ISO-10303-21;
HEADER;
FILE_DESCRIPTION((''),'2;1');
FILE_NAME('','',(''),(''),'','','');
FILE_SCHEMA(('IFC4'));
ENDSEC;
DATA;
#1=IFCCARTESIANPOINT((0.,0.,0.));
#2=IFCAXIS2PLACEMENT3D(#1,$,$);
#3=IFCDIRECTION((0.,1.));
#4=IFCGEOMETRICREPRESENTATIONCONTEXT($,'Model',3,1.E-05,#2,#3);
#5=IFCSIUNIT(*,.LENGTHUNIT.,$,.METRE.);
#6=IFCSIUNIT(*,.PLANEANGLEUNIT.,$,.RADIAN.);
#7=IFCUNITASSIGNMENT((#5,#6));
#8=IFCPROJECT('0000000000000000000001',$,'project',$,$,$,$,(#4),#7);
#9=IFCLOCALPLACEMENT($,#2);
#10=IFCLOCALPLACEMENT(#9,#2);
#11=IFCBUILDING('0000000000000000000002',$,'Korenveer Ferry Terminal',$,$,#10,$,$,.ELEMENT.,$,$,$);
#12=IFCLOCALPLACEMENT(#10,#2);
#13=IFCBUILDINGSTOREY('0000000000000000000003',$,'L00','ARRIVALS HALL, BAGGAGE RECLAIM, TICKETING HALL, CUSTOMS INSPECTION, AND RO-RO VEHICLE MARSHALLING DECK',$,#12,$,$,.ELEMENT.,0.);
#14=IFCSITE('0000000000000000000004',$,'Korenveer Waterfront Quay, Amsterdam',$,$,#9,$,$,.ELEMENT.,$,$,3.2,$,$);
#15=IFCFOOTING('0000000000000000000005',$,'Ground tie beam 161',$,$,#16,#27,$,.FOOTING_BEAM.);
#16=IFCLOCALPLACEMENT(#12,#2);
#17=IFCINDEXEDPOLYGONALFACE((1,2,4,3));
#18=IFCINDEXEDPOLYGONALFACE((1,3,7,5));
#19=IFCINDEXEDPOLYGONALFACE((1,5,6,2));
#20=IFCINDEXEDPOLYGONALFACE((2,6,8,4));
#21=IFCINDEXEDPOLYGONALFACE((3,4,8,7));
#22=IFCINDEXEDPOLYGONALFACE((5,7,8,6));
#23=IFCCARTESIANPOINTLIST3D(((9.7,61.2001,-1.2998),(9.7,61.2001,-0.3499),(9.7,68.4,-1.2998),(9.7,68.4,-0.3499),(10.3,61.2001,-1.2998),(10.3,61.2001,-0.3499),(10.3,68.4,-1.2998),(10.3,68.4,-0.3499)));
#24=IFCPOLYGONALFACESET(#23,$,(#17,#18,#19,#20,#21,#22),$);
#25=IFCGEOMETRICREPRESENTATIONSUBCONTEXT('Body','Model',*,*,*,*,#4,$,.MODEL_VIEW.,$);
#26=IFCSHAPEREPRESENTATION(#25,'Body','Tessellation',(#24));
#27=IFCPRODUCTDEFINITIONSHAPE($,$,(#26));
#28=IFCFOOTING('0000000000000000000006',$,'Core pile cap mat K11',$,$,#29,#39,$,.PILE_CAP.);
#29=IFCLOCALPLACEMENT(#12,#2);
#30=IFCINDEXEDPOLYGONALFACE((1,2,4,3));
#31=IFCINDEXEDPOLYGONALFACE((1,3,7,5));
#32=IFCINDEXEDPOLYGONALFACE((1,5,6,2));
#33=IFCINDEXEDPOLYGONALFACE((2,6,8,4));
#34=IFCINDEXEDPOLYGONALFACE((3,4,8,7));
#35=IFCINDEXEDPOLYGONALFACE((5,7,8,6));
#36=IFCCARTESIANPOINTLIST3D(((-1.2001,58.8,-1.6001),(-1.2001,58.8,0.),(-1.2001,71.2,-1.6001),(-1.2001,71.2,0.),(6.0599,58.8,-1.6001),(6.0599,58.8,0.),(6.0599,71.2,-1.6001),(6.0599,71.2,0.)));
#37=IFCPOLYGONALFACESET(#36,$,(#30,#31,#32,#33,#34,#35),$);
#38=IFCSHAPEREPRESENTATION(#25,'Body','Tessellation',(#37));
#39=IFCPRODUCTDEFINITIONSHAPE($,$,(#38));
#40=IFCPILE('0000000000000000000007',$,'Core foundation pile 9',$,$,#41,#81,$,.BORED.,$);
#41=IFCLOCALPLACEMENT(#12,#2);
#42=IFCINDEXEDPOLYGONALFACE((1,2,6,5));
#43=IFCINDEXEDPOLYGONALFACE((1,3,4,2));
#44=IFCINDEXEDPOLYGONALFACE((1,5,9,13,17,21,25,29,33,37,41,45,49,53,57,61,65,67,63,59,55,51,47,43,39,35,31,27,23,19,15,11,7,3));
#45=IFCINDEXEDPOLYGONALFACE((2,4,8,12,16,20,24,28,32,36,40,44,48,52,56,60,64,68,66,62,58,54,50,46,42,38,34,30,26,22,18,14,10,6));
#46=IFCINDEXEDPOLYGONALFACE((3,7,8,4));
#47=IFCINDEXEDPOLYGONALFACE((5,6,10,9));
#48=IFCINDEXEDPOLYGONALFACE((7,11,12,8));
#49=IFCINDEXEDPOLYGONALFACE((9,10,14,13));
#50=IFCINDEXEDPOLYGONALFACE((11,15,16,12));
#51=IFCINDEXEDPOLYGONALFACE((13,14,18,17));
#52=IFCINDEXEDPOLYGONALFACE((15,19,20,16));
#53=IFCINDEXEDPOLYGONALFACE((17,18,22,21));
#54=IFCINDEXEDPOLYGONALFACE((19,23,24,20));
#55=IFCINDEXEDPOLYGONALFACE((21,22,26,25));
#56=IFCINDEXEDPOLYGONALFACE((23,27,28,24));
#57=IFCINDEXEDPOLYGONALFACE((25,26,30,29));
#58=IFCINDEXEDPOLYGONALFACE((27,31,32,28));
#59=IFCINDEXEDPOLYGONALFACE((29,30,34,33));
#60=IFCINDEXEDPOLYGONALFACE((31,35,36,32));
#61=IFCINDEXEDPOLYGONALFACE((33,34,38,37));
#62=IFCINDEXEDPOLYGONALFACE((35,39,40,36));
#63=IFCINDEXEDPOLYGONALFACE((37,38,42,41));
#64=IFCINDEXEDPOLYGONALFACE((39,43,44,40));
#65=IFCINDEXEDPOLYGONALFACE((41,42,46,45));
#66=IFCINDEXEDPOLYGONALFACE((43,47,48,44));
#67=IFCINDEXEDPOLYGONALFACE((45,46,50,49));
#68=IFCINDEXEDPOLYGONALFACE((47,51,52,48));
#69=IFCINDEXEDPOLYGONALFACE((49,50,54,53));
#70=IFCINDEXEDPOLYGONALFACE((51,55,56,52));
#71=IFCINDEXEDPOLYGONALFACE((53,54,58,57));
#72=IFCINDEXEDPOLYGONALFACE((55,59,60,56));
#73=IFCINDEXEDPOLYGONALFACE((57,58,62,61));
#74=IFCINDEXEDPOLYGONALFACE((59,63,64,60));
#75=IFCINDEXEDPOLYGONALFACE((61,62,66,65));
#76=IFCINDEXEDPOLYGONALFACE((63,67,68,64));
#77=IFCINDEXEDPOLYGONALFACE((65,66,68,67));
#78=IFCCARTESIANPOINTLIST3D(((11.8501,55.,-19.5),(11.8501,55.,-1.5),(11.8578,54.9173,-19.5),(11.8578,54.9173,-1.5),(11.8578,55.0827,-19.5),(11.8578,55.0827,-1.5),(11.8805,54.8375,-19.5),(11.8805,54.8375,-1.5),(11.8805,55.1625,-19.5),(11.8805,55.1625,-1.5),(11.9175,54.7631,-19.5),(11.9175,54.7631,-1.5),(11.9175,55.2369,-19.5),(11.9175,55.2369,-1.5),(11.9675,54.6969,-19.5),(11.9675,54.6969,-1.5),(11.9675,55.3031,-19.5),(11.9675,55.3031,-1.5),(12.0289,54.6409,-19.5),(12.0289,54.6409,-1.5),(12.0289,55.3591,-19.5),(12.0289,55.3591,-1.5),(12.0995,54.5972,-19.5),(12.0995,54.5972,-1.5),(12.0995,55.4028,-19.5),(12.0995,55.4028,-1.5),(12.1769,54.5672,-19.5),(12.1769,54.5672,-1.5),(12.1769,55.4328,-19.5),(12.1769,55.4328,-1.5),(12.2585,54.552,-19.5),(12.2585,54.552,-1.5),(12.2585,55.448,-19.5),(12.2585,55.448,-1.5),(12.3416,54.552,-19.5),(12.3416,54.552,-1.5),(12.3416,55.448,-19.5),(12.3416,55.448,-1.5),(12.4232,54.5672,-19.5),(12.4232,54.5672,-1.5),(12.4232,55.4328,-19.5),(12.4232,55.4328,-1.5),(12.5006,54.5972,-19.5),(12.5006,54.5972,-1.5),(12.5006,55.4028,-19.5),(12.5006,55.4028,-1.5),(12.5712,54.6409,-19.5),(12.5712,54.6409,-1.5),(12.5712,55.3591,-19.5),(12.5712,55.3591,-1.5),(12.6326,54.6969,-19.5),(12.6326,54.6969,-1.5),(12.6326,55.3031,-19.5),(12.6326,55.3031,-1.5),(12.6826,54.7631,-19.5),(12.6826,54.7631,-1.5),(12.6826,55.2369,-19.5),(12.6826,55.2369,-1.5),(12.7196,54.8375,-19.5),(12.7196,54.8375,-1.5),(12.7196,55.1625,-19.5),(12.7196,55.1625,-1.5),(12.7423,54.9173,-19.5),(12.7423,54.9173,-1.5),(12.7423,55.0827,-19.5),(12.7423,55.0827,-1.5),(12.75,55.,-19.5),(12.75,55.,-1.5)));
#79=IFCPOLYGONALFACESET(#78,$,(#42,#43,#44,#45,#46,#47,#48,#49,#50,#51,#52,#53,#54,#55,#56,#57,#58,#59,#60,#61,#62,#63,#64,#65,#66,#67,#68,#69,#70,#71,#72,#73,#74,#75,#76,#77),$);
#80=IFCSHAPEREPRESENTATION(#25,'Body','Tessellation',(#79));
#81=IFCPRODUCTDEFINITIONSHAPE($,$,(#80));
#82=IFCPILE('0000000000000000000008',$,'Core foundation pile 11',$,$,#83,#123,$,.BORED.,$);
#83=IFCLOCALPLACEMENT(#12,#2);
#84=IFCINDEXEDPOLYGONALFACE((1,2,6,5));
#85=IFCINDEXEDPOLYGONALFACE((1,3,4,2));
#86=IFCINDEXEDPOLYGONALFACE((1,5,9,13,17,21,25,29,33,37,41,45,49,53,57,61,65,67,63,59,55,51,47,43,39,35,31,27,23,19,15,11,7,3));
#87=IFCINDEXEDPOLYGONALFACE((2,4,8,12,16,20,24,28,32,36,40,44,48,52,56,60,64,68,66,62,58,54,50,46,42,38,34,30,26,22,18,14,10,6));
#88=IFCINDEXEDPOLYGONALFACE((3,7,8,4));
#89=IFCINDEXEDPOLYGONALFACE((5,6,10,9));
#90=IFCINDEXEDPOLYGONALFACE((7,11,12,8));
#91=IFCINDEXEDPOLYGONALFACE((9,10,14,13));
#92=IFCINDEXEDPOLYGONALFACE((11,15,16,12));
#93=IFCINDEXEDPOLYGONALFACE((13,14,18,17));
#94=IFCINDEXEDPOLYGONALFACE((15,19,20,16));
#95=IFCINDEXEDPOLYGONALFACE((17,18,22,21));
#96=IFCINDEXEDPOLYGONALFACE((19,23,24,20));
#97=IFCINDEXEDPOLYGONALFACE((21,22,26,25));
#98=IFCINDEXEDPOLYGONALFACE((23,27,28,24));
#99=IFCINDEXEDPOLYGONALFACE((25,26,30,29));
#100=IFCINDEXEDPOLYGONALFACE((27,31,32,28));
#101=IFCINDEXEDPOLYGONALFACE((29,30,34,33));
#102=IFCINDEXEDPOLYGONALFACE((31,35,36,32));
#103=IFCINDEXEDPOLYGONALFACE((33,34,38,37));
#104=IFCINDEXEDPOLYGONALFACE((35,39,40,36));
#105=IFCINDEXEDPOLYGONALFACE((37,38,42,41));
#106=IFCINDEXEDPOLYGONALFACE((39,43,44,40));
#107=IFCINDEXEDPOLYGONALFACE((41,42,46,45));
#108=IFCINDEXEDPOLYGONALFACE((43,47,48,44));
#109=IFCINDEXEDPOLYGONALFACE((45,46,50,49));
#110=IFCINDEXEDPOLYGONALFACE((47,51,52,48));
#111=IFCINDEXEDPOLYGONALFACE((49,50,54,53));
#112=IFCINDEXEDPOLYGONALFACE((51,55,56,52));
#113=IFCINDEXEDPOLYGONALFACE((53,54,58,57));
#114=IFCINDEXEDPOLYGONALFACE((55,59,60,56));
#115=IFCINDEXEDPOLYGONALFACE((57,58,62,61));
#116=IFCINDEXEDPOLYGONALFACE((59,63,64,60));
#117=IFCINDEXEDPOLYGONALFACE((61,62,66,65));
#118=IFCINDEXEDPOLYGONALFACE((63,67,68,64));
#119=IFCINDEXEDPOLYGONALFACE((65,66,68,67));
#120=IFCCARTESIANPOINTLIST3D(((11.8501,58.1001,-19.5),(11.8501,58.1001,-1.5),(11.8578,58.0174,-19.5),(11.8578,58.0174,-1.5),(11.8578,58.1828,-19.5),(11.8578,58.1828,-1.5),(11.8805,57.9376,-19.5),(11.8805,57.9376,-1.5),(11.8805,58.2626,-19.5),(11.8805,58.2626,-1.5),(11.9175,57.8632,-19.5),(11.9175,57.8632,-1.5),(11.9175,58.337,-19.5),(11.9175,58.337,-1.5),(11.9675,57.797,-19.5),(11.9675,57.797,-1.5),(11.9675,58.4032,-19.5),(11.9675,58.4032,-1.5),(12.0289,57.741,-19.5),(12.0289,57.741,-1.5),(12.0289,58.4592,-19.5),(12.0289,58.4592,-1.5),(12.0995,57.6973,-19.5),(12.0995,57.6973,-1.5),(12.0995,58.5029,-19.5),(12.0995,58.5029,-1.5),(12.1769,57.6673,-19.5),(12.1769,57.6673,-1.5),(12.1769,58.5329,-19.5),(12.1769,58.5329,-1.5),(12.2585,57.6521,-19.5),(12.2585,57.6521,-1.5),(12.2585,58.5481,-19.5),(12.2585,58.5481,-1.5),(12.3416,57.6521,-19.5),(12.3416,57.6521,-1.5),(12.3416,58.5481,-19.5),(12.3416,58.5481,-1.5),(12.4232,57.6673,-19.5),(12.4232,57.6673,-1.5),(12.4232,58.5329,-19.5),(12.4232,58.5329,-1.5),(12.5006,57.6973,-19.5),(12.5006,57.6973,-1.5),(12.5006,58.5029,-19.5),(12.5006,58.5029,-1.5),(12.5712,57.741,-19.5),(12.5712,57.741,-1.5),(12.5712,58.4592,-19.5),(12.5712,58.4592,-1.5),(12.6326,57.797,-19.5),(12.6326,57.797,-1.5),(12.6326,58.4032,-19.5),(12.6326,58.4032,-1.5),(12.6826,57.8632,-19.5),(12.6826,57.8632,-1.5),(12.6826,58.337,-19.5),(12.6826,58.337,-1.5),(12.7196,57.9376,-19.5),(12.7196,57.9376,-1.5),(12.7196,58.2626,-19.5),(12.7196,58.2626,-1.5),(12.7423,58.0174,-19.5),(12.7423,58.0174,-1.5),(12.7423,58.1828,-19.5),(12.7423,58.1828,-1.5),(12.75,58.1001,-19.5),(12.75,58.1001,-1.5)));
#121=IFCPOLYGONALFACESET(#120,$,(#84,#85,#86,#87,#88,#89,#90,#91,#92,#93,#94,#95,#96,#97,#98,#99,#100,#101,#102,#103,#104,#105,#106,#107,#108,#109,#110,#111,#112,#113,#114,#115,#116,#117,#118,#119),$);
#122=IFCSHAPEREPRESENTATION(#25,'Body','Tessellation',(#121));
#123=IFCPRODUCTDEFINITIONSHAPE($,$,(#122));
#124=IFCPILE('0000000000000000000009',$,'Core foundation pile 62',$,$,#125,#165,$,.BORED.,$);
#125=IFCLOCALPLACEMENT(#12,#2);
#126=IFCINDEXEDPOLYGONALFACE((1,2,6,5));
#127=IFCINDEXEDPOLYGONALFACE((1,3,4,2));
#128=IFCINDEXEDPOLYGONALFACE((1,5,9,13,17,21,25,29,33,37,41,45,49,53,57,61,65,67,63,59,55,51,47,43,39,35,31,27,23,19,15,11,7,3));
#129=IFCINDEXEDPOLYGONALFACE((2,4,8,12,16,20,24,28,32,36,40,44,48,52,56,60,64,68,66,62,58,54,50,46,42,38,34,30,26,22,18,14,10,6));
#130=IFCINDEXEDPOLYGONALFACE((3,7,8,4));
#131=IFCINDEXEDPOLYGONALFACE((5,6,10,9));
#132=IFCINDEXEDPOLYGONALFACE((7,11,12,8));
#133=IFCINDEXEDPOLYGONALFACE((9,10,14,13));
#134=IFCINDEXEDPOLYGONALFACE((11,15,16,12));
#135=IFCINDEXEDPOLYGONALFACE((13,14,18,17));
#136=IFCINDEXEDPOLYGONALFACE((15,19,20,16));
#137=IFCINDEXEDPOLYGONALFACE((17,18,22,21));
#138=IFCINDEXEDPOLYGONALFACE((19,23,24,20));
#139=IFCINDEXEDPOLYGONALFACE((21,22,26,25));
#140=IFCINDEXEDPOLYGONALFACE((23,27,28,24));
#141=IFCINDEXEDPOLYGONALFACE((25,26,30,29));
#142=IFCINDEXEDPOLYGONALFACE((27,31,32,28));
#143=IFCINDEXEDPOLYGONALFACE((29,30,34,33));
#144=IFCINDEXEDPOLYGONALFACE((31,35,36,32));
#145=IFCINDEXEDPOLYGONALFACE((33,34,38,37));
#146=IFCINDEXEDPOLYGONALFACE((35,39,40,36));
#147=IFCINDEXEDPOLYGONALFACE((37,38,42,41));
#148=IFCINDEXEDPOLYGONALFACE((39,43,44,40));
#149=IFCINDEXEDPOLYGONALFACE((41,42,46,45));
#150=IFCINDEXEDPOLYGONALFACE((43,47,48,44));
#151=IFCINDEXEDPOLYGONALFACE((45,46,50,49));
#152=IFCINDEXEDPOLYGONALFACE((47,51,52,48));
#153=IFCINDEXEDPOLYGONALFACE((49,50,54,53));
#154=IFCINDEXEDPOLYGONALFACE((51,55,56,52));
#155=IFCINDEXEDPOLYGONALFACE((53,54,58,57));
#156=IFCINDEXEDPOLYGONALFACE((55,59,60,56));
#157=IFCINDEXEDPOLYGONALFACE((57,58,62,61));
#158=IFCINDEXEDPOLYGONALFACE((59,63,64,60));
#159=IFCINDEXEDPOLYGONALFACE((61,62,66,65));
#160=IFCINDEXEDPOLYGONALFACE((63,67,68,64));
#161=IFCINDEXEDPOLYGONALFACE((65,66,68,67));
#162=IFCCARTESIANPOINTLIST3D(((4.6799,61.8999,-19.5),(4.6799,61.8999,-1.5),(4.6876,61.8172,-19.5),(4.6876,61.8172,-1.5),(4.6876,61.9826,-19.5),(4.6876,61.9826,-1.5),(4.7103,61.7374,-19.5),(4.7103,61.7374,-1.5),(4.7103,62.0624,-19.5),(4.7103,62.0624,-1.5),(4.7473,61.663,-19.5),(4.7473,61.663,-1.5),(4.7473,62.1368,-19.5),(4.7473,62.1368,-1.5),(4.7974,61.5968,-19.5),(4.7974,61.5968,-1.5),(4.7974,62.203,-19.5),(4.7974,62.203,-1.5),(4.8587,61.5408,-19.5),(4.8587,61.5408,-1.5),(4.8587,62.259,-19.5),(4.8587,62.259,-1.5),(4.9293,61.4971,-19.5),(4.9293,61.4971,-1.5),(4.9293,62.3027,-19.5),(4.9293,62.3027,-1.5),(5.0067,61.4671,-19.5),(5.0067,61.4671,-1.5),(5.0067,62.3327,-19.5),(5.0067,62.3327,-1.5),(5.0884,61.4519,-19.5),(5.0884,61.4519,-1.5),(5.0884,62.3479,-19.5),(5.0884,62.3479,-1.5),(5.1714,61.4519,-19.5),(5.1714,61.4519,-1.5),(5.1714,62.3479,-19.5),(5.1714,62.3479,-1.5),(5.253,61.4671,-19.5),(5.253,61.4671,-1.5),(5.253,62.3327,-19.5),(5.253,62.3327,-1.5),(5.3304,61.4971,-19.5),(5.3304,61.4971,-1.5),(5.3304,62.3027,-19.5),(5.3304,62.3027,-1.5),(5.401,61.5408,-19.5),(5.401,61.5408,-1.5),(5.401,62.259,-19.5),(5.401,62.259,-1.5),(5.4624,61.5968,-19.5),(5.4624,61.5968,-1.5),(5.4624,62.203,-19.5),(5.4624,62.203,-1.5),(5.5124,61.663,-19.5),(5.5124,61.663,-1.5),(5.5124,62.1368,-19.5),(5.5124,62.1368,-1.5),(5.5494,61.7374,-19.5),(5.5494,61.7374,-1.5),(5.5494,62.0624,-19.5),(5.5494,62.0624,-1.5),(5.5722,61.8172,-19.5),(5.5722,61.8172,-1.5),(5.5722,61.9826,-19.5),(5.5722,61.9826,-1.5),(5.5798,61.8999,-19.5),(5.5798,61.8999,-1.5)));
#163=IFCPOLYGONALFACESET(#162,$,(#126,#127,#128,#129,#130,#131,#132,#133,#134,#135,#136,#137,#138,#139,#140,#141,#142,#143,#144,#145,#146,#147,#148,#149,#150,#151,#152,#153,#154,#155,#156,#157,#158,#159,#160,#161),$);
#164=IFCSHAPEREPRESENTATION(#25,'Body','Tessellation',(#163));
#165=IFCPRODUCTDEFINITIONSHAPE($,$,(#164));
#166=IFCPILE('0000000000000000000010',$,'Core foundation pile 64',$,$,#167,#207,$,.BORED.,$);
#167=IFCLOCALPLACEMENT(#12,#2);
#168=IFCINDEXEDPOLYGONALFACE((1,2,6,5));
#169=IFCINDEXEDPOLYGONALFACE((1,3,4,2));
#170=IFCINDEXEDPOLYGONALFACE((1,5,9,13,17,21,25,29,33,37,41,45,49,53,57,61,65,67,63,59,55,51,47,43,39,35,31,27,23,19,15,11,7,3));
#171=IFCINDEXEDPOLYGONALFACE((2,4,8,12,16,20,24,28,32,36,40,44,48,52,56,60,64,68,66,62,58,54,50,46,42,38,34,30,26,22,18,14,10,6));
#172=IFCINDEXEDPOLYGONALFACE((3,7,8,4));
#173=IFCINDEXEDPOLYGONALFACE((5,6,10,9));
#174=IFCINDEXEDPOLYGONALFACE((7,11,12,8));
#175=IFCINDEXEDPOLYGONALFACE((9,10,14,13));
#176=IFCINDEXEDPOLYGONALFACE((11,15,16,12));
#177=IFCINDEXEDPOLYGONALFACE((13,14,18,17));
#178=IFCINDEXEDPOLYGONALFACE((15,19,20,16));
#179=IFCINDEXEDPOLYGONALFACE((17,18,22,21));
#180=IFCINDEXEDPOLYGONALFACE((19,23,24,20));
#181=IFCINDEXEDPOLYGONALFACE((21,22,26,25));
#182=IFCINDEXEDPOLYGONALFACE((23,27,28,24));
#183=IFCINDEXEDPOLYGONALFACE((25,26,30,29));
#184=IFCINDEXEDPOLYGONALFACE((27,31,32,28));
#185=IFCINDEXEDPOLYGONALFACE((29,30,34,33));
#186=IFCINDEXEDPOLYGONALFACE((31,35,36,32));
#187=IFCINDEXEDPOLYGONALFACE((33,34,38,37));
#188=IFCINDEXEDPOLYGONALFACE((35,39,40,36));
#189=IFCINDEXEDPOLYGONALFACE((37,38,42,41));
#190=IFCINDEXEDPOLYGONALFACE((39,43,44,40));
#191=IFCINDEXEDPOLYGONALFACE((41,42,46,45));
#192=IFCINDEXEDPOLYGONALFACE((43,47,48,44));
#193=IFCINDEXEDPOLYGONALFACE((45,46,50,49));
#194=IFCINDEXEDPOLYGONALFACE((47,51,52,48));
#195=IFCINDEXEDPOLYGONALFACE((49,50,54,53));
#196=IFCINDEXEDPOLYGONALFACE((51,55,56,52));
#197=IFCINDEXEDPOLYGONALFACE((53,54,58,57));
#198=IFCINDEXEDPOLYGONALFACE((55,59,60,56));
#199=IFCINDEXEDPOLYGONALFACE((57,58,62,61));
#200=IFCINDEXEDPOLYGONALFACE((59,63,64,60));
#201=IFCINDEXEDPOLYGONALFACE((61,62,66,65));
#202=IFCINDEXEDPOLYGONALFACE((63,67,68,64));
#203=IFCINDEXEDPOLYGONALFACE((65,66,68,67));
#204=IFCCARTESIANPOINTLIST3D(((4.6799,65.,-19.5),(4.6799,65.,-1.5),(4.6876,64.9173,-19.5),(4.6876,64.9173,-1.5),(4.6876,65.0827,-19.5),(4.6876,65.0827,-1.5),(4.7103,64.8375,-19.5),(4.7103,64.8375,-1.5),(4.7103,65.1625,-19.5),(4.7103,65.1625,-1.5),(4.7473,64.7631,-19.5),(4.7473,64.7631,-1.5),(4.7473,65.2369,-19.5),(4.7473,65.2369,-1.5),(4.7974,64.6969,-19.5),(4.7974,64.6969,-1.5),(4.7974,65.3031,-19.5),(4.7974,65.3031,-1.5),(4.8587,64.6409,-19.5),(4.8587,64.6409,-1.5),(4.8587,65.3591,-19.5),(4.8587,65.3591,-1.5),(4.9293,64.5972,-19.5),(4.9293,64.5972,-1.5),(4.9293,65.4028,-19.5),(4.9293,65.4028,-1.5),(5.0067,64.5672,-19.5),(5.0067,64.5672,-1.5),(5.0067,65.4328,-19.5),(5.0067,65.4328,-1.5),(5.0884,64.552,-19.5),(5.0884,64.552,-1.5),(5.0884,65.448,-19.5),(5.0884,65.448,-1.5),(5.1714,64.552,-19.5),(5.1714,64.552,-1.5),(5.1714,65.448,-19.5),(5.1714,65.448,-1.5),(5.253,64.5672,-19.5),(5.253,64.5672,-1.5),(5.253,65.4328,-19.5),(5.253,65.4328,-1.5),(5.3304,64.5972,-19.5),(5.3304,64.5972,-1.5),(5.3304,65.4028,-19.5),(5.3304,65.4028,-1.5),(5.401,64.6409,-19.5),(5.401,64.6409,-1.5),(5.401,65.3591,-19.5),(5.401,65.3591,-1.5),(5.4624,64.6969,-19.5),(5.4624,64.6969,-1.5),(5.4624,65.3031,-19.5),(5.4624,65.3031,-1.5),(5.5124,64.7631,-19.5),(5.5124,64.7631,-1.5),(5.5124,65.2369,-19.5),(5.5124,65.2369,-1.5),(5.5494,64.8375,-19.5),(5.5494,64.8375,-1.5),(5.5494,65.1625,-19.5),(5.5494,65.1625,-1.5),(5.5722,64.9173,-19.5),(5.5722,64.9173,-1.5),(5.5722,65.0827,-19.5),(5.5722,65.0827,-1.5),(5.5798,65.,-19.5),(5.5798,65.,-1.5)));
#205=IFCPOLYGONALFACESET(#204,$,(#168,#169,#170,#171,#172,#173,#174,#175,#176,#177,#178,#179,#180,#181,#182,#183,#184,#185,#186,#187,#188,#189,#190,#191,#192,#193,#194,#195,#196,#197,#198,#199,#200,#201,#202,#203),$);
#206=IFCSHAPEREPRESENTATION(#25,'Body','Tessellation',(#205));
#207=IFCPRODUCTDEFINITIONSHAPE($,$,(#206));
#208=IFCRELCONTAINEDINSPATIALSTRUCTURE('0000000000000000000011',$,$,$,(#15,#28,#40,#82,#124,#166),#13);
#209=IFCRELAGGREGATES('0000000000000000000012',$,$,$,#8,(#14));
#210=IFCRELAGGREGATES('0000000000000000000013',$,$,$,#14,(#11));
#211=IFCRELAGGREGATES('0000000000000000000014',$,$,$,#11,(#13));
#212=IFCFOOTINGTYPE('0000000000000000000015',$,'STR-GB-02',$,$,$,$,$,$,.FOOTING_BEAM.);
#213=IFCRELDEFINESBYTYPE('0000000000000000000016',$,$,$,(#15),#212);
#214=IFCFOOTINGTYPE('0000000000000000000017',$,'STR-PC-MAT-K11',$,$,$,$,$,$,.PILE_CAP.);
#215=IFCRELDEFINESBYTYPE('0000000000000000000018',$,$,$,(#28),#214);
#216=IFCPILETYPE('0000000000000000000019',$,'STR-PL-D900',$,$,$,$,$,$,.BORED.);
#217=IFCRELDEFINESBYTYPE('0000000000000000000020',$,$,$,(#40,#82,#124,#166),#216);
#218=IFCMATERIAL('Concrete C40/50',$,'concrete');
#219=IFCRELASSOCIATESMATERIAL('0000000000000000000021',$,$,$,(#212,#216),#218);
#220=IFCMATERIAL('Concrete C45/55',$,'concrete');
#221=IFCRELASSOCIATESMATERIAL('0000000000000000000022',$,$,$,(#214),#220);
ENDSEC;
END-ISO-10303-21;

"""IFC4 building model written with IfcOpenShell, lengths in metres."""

from ifc_helpers import new_model, si_unit, direction, frame, origin, origin_2d, place, context, subcontext, project, spatial, rectangle, circle, extrude, material, material_profile, profile_set, type_object, element, save


model = new_model("IFC4")

# Units and contexts
model_context = context("Model", 3, precision=1e-05, world=origin(), true_north=direction((0.0, 1.0)))
body_context = subcontext(model_context, "Body", "Model", "MODEL_VIEW")
ifc_project = project(units=[si_unit("LENGTHUNIT", "METRE"), si_unit("PLANEANGLEUNIT", "RADIAN")], contexts=[model_context])

# Site, building, storey
site_placement = place(None, origin())
site = spatial("IfcSite", under=ifc_project, at=site_placement, Name="Korenveer Waterfront Quay, Amsterdam", CompositionType="ELEMENT", RefElevation=3.2)
building_placement = place(site_placement, origin())
building = spatial("IfcBuilding", under=site, at=building_placement, Name="Korenveer Ferry Terminal", CompositionType="ELEMENT")
storey_placement = place(building_placement, origin())
storey = spatial("IfcBuildingStorey", under=building, at=storey_placement, Name="L00", Description="ARRIVALS HALL, BAGGAGE RECLAIM, TICKETING HALL, CUSTOMS INSPECTION, AND RO-RO VEHICLE MARSHALLING DECK", CompositionType="ELEMENT", Elevation=0.0)

# Footings
ifc_material_1 = material(Name="Concrete C40/50", Category="concrete")
footing_type_1 = type_object("IfcFootingType", Name="STR-GB-02", PredefinedType="FOOTING_BEAM", material=ifc_material_1)
footing_1_placement = place(storey_placement, frame((10.0, 64.8, -1.2998), z_axis=(0.0, 0.0, 1.0), x_axis=(1.0, 0.0, 0.0)))
element("IfcFooting", 1, at=footing_1_placement, inside=storey, type_object=footing_type_1, Name="Ground tie beam 161", PredefinedType="FOOTING_BEAM", context=body_context, shape_type="SweptSolid", body=[
    extrude(rectangle(XDim=0.6001, YDim=7.2, at=origin_2d()), origin(), (0.0, 0.0, 1.0), 0.95),
])
ifc_material_2 = material(Name="Concrete C45/55", Category="concrete")
footing_type_2 = type_object("IfcFootingType", Name="STR-PC-MAT-K11", PredefinedType="PILE_CAP", material=ifc_material_2)
footing_2_placement = place(storey_placement, frame((2.4299, 65.0, -1.6001), z_axis=(0.0, 0.0, 1.0), x_axis=(1.0, 0.0, 0.0)))
element("IfcFooting", 2, at=footing_2_placement, inside=storey, type_object=footing_type_2, Name="Core pile cap mat K11", PredefinedType="PILE_CAP", context=body_context, shape_type="SweptSolid", body=[
    extrude(rectangle(XDim=7.26, YDim=12.3999, at=origin_2d()), origin(), (0.0, 0.0, 1.0), 1.6001),
])

# Piles
ifc_material_profile_1 = material_profile(ifc_material_1, circle(Radius=0.45, at=origin_2d()), Name="PILE D900")
ifc_profile_set_1 = profile_set([ifc_material_profile_1], Name="Concrete C40/50")
pile_type = type_object("IfcPileType", Name="STR-PL-D900", PredefinedType="BORED", material=ifc_profile_set_1)
for number, where, z_axis, x_axis, name in (
    (3, (12.3, 55.0, -1.5), (0.0, 0.0, -1.0), (1.0, 0.0, 0.0), "Core foundation pile 9"),
    (4, (12.3, 58.1001, -1.5), (0.0, 0.0, -1.0), (1.0, 0.0, 0.0), "Core foundation pile 11"),
    (5, (5.1299, 61.8999, -1.5), (0.0, 0.0, -1.0), (1.0, 0.0, 0.0), "Core foundation pile 62"),
    (6, (5.1299, 65.0, -1.5), (0.0, 0.0, -1.0), (1.0, 0.0, 0.0), "Core foundation pile 64"),
):
    element("IfcPile", number, at=place(storey_placement, frame(where, z_axis=z_axis, x_axis=x_axis)), inside=storey, type_object=pile_type, Name=name, PredefinedType="BORED", context=body_context, shape_type="SweptSolid", body=[
        extrude(circle(Radius=0.45, at=origin_2d()), origin(), (0.0, 0.0, 1.0), 18.0),
    ])

save(model, "model.ifc")
